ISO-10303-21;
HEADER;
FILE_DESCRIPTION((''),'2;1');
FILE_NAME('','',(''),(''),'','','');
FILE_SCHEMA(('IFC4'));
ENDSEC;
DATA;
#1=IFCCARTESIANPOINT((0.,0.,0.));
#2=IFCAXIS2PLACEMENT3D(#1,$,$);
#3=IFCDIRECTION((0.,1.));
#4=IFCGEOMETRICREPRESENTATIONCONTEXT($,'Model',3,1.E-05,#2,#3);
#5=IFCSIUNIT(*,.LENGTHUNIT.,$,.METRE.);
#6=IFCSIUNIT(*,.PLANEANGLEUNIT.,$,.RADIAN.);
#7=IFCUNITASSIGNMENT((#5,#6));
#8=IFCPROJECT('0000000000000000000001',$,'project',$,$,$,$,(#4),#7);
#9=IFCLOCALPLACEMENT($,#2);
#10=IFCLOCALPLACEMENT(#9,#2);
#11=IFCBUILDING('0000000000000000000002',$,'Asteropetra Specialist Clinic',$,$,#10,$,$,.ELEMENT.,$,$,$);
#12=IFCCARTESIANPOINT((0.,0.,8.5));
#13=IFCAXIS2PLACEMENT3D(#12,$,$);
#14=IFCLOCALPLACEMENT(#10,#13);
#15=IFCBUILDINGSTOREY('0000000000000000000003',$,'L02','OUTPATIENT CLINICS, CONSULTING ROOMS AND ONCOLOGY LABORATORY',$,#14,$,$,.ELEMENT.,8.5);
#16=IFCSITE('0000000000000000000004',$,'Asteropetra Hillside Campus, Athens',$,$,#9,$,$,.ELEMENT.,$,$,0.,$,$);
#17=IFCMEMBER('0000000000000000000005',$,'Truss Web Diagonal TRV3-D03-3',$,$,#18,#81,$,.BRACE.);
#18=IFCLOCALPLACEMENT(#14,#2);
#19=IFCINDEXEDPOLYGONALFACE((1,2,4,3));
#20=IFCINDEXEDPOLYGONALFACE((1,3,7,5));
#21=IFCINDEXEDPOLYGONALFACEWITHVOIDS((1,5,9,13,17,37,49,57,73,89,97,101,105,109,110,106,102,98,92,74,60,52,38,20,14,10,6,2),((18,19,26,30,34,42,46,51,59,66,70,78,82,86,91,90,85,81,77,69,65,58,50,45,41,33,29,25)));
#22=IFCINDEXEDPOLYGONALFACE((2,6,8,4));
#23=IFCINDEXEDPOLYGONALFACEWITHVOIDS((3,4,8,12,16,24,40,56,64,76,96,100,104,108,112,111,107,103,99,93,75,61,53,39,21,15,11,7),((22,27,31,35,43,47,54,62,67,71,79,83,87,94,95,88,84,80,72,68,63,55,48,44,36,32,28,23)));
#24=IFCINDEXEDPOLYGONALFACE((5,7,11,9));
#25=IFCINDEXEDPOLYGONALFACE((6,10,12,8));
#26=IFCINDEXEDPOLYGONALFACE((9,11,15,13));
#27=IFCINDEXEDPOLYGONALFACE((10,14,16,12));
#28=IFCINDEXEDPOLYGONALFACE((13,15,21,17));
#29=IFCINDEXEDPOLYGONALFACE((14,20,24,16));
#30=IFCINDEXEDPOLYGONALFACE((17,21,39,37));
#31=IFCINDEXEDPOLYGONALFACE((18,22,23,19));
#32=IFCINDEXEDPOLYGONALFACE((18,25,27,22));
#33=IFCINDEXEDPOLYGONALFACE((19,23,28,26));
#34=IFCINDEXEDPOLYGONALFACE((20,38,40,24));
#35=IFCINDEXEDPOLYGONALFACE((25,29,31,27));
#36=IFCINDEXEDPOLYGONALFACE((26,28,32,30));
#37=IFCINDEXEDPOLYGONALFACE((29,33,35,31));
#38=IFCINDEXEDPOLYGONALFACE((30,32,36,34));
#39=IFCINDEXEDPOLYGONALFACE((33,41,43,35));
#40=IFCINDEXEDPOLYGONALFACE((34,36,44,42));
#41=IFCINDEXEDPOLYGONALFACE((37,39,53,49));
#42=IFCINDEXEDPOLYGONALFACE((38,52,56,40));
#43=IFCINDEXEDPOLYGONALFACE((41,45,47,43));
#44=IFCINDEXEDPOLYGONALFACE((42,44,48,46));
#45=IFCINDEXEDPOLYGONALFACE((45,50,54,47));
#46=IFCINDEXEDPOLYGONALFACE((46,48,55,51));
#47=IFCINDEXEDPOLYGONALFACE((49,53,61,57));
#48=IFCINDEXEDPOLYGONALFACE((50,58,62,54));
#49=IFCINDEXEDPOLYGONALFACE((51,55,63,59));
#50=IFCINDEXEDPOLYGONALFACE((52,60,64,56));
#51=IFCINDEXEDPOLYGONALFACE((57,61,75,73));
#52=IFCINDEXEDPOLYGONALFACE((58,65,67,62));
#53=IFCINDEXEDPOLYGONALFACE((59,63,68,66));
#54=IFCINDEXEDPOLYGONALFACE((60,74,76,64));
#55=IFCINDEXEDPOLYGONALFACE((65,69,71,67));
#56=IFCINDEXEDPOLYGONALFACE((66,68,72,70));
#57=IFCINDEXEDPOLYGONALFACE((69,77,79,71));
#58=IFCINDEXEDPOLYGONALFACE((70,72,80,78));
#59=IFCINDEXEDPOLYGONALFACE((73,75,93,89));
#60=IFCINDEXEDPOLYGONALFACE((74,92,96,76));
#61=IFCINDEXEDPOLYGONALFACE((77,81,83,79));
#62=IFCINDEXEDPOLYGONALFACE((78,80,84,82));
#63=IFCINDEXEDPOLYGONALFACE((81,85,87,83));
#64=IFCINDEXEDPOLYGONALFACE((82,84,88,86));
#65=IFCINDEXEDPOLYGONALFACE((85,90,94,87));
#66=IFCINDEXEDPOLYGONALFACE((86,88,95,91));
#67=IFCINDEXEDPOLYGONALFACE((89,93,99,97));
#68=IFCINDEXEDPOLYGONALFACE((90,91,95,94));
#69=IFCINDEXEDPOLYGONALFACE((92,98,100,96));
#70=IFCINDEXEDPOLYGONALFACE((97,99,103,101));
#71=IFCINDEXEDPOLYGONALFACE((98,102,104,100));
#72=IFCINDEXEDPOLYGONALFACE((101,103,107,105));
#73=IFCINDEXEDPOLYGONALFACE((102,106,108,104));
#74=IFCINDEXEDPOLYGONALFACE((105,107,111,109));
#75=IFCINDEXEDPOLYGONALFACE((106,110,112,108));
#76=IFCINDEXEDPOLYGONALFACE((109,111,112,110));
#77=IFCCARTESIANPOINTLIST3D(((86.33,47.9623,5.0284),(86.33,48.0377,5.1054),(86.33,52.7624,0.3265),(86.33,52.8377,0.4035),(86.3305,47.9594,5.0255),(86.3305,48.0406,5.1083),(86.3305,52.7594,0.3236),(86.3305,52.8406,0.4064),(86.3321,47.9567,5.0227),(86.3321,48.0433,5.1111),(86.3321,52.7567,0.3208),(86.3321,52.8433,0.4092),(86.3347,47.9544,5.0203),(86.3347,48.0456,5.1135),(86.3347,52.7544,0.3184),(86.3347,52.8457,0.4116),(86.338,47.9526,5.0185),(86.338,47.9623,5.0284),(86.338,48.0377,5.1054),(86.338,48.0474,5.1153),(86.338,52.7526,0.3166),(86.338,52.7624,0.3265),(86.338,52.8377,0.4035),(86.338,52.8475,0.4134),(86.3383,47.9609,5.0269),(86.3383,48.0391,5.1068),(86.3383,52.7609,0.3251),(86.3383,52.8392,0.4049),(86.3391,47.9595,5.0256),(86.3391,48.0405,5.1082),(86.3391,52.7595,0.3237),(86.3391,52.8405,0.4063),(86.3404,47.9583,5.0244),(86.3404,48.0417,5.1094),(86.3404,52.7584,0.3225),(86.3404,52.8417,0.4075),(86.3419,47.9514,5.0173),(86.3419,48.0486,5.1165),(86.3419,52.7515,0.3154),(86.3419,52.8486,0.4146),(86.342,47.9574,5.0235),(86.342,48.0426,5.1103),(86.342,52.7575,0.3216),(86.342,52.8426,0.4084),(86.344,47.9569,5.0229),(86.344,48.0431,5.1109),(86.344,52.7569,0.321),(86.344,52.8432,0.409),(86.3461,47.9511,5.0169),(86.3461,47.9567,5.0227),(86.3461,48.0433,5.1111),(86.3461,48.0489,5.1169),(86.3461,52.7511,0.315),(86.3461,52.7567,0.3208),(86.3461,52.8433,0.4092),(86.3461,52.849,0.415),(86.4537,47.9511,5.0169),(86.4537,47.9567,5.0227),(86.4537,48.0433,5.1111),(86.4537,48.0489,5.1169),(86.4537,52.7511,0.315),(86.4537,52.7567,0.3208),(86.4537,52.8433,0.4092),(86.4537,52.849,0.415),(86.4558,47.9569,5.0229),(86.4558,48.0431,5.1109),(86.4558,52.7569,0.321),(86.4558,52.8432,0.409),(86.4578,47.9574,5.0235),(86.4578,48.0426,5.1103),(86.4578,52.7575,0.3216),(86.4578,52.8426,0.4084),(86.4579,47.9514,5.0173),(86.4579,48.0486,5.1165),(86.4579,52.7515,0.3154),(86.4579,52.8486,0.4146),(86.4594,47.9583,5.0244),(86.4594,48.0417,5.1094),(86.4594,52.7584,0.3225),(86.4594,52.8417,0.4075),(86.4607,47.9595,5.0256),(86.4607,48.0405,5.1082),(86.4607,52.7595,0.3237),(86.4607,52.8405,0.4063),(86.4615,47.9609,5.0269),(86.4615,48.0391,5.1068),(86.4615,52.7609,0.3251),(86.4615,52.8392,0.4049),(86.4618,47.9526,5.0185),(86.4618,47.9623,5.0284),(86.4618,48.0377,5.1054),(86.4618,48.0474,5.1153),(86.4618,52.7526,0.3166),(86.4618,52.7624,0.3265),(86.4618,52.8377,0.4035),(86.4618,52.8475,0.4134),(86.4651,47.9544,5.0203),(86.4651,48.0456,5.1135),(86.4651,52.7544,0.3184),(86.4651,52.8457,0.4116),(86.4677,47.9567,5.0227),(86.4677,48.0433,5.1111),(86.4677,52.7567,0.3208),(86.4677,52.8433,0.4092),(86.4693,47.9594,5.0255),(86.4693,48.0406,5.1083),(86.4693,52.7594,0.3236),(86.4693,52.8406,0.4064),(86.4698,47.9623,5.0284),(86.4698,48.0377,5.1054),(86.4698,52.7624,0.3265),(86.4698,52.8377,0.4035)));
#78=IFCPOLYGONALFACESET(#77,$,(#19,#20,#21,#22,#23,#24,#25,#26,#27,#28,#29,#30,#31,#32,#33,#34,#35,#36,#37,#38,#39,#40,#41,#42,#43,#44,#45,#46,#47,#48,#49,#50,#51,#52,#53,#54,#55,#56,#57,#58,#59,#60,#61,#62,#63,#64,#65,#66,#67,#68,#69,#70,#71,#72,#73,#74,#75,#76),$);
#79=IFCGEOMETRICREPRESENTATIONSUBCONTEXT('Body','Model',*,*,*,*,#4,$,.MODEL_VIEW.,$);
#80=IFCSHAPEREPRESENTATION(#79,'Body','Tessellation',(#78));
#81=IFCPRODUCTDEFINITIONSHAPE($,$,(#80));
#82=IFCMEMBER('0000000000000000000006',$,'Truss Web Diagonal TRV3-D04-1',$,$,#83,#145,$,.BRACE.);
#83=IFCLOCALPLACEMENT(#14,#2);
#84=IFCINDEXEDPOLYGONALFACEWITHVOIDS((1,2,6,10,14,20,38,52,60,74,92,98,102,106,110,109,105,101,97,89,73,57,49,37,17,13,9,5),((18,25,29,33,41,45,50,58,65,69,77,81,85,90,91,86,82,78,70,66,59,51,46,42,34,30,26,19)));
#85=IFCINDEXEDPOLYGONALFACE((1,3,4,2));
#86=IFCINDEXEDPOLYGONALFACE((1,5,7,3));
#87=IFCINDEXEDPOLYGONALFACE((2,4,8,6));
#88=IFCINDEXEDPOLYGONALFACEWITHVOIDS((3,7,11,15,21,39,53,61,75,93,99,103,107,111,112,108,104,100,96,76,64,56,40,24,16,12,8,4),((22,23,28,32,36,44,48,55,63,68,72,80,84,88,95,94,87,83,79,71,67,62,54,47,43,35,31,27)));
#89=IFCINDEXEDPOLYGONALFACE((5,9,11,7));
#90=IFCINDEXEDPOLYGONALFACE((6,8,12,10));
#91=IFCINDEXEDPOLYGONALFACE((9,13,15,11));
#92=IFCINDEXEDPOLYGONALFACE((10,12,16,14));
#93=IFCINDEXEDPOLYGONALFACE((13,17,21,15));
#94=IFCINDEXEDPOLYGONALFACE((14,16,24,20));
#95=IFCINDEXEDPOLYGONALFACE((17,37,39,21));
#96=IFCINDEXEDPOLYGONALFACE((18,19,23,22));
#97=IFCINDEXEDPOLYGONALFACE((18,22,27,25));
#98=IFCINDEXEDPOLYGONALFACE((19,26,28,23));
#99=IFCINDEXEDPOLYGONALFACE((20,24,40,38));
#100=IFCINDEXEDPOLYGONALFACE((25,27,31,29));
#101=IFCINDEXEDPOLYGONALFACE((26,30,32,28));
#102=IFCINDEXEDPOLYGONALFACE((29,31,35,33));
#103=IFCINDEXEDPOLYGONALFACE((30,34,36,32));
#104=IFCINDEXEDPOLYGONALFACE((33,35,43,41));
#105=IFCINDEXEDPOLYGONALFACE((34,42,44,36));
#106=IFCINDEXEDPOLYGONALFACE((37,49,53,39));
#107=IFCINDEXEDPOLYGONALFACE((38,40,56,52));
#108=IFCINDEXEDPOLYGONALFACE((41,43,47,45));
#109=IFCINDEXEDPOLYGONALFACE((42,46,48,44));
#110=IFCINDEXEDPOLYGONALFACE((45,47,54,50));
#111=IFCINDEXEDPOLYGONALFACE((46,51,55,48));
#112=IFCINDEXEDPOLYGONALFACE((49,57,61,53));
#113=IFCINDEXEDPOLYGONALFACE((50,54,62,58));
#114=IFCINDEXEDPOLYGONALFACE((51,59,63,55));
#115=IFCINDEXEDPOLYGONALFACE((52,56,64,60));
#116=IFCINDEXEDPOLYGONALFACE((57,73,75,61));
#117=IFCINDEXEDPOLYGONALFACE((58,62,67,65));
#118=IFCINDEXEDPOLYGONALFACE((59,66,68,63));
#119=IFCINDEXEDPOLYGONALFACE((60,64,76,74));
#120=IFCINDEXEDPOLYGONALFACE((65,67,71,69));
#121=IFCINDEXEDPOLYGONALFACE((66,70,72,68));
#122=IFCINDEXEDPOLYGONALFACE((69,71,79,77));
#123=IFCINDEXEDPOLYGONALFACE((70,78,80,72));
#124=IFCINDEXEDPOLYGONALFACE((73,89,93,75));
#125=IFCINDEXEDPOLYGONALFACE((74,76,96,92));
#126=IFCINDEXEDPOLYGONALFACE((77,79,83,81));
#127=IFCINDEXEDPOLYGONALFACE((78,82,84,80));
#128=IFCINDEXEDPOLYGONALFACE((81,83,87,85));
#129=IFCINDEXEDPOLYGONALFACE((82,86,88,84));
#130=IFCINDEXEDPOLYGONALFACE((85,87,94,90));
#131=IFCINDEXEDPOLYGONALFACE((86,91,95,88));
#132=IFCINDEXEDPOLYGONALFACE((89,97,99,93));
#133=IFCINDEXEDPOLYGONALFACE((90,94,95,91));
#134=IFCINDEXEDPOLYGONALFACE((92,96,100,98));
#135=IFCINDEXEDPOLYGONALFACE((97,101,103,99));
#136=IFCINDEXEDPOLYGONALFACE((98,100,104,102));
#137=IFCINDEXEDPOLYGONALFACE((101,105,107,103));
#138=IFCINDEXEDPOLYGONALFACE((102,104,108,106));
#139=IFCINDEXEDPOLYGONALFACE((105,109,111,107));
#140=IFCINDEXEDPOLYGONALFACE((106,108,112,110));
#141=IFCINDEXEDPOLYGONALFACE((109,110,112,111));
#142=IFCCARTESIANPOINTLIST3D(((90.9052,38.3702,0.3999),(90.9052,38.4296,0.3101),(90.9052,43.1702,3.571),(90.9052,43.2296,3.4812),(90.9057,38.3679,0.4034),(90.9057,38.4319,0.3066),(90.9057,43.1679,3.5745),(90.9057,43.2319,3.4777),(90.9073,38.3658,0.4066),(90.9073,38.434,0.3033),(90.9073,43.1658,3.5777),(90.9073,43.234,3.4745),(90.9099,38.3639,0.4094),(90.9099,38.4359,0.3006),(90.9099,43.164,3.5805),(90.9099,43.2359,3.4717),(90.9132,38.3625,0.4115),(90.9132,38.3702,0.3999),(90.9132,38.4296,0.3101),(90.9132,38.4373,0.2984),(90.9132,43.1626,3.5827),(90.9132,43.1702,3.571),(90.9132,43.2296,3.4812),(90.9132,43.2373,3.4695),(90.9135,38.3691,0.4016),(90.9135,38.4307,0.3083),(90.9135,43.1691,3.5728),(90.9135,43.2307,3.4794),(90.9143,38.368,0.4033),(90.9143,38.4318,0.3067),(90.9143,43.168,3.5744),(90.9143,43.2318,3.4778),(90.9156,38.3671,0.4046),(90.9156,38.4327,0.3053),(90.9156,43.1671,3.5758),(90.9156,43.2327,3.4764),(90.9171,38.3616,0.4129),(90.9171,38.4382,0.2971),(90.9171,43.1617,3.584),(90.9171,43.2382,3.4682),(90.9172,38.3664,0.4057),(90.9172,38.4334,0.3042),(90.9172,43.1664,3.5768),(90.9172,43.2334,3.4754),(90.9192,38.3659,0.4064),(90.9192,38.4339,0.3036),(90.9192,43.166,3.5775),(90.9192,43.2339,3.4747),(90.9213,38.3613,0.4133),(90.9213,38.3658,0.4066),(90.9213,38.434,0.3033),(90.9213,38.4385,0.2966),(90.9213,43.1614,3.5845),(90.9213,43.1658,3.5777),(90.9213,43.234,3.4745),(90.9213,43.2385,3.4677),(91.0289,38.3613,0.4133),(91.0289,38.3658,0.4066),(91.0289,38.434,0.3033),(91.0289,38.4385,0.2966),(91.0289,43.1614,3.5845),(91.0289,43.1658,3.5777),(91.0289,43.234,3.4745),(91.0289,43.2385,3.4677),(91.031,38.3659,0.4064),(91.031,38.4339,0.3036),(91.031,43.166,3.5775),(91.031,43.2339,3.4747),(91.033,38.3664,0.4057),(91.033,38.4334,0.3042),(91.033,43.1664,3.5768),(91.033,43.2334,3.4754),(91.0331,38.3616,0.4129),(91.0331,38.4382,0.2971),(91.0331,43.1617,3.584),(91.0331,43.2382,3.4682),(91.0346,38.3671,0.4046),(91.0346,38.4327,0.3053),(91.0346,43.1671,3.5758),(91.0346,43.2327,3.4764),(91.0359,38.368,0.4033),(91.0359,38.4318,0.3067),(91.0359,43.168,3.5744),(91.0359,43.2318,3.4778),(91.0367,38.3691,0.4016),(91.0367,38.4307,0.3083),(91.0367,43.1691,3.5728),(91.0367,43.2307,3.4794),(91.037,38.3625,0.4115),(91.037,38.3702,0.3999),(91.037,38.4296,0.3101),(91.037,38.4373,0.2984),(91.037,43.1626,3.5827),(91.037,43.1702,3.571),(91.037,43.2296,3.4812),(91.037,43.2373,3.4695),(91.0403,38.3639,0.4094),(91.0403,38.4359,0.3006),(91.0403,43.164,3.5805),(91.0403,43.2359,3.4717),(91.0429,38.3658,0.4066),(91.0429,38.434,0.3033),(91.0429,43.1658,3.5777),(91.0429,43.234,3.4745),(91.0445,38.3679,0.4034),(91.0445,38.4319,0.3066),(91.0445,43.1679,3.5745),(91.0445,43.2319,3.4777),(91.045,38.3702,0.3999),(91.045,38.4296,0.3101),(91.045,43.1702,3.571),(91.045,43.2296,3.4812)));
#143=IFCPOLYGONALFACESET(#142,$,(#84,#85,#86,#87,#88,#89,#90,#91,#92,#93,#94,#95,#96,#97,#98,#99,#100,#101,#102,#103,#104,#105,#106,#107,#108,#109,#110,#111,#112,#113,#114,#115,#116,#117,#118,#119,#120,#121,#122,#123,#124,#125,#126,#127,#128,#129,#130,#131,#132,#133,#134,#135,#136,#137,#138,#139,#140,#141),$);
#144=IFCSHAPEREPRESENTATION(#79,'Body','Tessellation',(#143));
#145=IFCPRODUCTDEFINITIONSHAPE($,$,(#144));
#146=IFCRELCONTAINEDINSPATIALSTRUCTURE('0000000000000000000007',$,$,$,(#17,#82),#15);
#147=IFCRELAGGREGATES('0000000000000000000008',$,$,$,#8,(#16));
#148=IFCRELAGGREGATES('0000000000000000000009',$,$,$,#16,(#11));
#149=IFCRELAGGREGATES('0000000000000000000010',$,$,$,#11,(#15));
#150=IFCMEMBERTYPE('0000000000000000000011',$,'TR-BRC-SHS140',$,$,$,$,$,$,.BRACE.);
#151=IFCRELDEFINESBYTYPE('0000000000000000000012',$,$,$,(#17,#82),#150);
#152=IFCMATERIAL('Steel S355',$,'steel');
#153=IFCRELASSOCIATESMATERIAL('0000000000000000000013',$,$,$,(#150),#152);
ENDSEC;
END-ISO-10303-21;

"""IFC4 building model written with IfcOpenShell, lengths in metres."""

from ifc_helpers import new_model, si_unit, direction, frame, origin, origin_2d, place, context, subcontext, project, spatial, hollow_rectangle, extrude, material, material_profile, profile_set, type_object, element, save


model = new_model("IFC4")

# Units and contexts
model_context = context("Model", 3, precision=1e-05, world=origin(), true_north=direction((0.0, 1.0)))
body_context = subcontext(model_context, "Body", "Model", "MODEL_VIEW")
ifc_project = project(units=[si_unit("LENGTHUNIT", "METRE"), si_unit("PLANEANGLEUNIT", "RADIAN")], contexts=[model_context])

# Site, building, storey
site_placement = place(None, origin())
site = spatial("IfcSite", under=ifc_project, at=site_placement, Name="Asteropetra Hillside Campus, Athens", CompositionType="ELEMENT", RefElevation=0.0)
building_placement = place(site_placement, origin())
building = spatial("IfcBuilding", under=site, at=building_placement, Name="Asteropetra Specialist Clinic", CompositionType="ELEMENT")
storey_placement = place(building_placement, frame((0.0, 0.0, 8.5)))
storey = spatial("IfcBuildingStorey", under=building, at=storey_placement, Name="L02", Description="OUTPATIENT CLINICS, CONSULTING ROOMS AND ONCOLOGY LABORATORY", CompositionType="ELEMENT", Elevation=8.5)

# Members
ifc_material_1 = material(Name="Steel S355", Category="steel")
ifc_material_profile_1 = material_profile(ifc_material_1, hollow_rectangle(XDim=0.1399, YDim=0.1399, WallThickness=0.0081, InnerFilletRadius=0.0081, OuterFilletRadius=0.0161, at=origin_2d()), Name="SHS 140x140x8.0")
ifc_profile_set_1 = profile_set([ifc_material_profile_1], Name="Steel S355")
member_type_1 = type_object("IfcMemberType", Name="TR-BRC-SHS140", PredefinedType="BRACE", material=ifc_profile_set_1)
for number, where, z_axis, x_axis, name in (
    (1, (86.3999, 48.0, 5.0669), (0.0, 0.714372, -0.699766), (-1.0, 0.0, 0.0), "Truss Web Diagonal TRV3-D03-3"),
):
    element("IfcMember", number, at=place(storey_placement, frame(where, z_axis=z_axis, x_axis=x_axis)), inside=storey, type_object=member_type_1, Name=name, PredefinedType="BRACE", context=body_context, shape_type="SweptSolid", body=[
        extrude(hollow_rectangle(XDim=0.1399, YDim=0.1399, WallThickness=0.0081, InnerFilletRadius=0.0081, OuterFilletRadius=0.0161, at=origin_2d()), origin(), (0.0, 0.0, 1.0), 6.7192),
    ])
member_1_placement = place(storey_placement, frame((90.9751, 38.3999, 0.355), z_axis=(0.0, 0.834361, 0.551219), x_axis=(-1.0, 0.0, 0.0)))
element("IfcMember", 2, at=member_1_placement, inside=storey, type_object=member_type_1, Name="Truss Web Diagonal TRV3-D04-1", PredefinedType="BRACE", context=body_context, shape_type="SweptSolid", body=[
    extrude(hollow_rectangle(XDim=0.1399, YDim=0.1399, WallThickness=0.0081, InnerFilletRadius=0.0081, OuterFilletRadius=0.0161, at=origin_2d()), origin(), (0.0, 0.0, 1.0), 5.7529),
])

save(model, "model.ifc")
